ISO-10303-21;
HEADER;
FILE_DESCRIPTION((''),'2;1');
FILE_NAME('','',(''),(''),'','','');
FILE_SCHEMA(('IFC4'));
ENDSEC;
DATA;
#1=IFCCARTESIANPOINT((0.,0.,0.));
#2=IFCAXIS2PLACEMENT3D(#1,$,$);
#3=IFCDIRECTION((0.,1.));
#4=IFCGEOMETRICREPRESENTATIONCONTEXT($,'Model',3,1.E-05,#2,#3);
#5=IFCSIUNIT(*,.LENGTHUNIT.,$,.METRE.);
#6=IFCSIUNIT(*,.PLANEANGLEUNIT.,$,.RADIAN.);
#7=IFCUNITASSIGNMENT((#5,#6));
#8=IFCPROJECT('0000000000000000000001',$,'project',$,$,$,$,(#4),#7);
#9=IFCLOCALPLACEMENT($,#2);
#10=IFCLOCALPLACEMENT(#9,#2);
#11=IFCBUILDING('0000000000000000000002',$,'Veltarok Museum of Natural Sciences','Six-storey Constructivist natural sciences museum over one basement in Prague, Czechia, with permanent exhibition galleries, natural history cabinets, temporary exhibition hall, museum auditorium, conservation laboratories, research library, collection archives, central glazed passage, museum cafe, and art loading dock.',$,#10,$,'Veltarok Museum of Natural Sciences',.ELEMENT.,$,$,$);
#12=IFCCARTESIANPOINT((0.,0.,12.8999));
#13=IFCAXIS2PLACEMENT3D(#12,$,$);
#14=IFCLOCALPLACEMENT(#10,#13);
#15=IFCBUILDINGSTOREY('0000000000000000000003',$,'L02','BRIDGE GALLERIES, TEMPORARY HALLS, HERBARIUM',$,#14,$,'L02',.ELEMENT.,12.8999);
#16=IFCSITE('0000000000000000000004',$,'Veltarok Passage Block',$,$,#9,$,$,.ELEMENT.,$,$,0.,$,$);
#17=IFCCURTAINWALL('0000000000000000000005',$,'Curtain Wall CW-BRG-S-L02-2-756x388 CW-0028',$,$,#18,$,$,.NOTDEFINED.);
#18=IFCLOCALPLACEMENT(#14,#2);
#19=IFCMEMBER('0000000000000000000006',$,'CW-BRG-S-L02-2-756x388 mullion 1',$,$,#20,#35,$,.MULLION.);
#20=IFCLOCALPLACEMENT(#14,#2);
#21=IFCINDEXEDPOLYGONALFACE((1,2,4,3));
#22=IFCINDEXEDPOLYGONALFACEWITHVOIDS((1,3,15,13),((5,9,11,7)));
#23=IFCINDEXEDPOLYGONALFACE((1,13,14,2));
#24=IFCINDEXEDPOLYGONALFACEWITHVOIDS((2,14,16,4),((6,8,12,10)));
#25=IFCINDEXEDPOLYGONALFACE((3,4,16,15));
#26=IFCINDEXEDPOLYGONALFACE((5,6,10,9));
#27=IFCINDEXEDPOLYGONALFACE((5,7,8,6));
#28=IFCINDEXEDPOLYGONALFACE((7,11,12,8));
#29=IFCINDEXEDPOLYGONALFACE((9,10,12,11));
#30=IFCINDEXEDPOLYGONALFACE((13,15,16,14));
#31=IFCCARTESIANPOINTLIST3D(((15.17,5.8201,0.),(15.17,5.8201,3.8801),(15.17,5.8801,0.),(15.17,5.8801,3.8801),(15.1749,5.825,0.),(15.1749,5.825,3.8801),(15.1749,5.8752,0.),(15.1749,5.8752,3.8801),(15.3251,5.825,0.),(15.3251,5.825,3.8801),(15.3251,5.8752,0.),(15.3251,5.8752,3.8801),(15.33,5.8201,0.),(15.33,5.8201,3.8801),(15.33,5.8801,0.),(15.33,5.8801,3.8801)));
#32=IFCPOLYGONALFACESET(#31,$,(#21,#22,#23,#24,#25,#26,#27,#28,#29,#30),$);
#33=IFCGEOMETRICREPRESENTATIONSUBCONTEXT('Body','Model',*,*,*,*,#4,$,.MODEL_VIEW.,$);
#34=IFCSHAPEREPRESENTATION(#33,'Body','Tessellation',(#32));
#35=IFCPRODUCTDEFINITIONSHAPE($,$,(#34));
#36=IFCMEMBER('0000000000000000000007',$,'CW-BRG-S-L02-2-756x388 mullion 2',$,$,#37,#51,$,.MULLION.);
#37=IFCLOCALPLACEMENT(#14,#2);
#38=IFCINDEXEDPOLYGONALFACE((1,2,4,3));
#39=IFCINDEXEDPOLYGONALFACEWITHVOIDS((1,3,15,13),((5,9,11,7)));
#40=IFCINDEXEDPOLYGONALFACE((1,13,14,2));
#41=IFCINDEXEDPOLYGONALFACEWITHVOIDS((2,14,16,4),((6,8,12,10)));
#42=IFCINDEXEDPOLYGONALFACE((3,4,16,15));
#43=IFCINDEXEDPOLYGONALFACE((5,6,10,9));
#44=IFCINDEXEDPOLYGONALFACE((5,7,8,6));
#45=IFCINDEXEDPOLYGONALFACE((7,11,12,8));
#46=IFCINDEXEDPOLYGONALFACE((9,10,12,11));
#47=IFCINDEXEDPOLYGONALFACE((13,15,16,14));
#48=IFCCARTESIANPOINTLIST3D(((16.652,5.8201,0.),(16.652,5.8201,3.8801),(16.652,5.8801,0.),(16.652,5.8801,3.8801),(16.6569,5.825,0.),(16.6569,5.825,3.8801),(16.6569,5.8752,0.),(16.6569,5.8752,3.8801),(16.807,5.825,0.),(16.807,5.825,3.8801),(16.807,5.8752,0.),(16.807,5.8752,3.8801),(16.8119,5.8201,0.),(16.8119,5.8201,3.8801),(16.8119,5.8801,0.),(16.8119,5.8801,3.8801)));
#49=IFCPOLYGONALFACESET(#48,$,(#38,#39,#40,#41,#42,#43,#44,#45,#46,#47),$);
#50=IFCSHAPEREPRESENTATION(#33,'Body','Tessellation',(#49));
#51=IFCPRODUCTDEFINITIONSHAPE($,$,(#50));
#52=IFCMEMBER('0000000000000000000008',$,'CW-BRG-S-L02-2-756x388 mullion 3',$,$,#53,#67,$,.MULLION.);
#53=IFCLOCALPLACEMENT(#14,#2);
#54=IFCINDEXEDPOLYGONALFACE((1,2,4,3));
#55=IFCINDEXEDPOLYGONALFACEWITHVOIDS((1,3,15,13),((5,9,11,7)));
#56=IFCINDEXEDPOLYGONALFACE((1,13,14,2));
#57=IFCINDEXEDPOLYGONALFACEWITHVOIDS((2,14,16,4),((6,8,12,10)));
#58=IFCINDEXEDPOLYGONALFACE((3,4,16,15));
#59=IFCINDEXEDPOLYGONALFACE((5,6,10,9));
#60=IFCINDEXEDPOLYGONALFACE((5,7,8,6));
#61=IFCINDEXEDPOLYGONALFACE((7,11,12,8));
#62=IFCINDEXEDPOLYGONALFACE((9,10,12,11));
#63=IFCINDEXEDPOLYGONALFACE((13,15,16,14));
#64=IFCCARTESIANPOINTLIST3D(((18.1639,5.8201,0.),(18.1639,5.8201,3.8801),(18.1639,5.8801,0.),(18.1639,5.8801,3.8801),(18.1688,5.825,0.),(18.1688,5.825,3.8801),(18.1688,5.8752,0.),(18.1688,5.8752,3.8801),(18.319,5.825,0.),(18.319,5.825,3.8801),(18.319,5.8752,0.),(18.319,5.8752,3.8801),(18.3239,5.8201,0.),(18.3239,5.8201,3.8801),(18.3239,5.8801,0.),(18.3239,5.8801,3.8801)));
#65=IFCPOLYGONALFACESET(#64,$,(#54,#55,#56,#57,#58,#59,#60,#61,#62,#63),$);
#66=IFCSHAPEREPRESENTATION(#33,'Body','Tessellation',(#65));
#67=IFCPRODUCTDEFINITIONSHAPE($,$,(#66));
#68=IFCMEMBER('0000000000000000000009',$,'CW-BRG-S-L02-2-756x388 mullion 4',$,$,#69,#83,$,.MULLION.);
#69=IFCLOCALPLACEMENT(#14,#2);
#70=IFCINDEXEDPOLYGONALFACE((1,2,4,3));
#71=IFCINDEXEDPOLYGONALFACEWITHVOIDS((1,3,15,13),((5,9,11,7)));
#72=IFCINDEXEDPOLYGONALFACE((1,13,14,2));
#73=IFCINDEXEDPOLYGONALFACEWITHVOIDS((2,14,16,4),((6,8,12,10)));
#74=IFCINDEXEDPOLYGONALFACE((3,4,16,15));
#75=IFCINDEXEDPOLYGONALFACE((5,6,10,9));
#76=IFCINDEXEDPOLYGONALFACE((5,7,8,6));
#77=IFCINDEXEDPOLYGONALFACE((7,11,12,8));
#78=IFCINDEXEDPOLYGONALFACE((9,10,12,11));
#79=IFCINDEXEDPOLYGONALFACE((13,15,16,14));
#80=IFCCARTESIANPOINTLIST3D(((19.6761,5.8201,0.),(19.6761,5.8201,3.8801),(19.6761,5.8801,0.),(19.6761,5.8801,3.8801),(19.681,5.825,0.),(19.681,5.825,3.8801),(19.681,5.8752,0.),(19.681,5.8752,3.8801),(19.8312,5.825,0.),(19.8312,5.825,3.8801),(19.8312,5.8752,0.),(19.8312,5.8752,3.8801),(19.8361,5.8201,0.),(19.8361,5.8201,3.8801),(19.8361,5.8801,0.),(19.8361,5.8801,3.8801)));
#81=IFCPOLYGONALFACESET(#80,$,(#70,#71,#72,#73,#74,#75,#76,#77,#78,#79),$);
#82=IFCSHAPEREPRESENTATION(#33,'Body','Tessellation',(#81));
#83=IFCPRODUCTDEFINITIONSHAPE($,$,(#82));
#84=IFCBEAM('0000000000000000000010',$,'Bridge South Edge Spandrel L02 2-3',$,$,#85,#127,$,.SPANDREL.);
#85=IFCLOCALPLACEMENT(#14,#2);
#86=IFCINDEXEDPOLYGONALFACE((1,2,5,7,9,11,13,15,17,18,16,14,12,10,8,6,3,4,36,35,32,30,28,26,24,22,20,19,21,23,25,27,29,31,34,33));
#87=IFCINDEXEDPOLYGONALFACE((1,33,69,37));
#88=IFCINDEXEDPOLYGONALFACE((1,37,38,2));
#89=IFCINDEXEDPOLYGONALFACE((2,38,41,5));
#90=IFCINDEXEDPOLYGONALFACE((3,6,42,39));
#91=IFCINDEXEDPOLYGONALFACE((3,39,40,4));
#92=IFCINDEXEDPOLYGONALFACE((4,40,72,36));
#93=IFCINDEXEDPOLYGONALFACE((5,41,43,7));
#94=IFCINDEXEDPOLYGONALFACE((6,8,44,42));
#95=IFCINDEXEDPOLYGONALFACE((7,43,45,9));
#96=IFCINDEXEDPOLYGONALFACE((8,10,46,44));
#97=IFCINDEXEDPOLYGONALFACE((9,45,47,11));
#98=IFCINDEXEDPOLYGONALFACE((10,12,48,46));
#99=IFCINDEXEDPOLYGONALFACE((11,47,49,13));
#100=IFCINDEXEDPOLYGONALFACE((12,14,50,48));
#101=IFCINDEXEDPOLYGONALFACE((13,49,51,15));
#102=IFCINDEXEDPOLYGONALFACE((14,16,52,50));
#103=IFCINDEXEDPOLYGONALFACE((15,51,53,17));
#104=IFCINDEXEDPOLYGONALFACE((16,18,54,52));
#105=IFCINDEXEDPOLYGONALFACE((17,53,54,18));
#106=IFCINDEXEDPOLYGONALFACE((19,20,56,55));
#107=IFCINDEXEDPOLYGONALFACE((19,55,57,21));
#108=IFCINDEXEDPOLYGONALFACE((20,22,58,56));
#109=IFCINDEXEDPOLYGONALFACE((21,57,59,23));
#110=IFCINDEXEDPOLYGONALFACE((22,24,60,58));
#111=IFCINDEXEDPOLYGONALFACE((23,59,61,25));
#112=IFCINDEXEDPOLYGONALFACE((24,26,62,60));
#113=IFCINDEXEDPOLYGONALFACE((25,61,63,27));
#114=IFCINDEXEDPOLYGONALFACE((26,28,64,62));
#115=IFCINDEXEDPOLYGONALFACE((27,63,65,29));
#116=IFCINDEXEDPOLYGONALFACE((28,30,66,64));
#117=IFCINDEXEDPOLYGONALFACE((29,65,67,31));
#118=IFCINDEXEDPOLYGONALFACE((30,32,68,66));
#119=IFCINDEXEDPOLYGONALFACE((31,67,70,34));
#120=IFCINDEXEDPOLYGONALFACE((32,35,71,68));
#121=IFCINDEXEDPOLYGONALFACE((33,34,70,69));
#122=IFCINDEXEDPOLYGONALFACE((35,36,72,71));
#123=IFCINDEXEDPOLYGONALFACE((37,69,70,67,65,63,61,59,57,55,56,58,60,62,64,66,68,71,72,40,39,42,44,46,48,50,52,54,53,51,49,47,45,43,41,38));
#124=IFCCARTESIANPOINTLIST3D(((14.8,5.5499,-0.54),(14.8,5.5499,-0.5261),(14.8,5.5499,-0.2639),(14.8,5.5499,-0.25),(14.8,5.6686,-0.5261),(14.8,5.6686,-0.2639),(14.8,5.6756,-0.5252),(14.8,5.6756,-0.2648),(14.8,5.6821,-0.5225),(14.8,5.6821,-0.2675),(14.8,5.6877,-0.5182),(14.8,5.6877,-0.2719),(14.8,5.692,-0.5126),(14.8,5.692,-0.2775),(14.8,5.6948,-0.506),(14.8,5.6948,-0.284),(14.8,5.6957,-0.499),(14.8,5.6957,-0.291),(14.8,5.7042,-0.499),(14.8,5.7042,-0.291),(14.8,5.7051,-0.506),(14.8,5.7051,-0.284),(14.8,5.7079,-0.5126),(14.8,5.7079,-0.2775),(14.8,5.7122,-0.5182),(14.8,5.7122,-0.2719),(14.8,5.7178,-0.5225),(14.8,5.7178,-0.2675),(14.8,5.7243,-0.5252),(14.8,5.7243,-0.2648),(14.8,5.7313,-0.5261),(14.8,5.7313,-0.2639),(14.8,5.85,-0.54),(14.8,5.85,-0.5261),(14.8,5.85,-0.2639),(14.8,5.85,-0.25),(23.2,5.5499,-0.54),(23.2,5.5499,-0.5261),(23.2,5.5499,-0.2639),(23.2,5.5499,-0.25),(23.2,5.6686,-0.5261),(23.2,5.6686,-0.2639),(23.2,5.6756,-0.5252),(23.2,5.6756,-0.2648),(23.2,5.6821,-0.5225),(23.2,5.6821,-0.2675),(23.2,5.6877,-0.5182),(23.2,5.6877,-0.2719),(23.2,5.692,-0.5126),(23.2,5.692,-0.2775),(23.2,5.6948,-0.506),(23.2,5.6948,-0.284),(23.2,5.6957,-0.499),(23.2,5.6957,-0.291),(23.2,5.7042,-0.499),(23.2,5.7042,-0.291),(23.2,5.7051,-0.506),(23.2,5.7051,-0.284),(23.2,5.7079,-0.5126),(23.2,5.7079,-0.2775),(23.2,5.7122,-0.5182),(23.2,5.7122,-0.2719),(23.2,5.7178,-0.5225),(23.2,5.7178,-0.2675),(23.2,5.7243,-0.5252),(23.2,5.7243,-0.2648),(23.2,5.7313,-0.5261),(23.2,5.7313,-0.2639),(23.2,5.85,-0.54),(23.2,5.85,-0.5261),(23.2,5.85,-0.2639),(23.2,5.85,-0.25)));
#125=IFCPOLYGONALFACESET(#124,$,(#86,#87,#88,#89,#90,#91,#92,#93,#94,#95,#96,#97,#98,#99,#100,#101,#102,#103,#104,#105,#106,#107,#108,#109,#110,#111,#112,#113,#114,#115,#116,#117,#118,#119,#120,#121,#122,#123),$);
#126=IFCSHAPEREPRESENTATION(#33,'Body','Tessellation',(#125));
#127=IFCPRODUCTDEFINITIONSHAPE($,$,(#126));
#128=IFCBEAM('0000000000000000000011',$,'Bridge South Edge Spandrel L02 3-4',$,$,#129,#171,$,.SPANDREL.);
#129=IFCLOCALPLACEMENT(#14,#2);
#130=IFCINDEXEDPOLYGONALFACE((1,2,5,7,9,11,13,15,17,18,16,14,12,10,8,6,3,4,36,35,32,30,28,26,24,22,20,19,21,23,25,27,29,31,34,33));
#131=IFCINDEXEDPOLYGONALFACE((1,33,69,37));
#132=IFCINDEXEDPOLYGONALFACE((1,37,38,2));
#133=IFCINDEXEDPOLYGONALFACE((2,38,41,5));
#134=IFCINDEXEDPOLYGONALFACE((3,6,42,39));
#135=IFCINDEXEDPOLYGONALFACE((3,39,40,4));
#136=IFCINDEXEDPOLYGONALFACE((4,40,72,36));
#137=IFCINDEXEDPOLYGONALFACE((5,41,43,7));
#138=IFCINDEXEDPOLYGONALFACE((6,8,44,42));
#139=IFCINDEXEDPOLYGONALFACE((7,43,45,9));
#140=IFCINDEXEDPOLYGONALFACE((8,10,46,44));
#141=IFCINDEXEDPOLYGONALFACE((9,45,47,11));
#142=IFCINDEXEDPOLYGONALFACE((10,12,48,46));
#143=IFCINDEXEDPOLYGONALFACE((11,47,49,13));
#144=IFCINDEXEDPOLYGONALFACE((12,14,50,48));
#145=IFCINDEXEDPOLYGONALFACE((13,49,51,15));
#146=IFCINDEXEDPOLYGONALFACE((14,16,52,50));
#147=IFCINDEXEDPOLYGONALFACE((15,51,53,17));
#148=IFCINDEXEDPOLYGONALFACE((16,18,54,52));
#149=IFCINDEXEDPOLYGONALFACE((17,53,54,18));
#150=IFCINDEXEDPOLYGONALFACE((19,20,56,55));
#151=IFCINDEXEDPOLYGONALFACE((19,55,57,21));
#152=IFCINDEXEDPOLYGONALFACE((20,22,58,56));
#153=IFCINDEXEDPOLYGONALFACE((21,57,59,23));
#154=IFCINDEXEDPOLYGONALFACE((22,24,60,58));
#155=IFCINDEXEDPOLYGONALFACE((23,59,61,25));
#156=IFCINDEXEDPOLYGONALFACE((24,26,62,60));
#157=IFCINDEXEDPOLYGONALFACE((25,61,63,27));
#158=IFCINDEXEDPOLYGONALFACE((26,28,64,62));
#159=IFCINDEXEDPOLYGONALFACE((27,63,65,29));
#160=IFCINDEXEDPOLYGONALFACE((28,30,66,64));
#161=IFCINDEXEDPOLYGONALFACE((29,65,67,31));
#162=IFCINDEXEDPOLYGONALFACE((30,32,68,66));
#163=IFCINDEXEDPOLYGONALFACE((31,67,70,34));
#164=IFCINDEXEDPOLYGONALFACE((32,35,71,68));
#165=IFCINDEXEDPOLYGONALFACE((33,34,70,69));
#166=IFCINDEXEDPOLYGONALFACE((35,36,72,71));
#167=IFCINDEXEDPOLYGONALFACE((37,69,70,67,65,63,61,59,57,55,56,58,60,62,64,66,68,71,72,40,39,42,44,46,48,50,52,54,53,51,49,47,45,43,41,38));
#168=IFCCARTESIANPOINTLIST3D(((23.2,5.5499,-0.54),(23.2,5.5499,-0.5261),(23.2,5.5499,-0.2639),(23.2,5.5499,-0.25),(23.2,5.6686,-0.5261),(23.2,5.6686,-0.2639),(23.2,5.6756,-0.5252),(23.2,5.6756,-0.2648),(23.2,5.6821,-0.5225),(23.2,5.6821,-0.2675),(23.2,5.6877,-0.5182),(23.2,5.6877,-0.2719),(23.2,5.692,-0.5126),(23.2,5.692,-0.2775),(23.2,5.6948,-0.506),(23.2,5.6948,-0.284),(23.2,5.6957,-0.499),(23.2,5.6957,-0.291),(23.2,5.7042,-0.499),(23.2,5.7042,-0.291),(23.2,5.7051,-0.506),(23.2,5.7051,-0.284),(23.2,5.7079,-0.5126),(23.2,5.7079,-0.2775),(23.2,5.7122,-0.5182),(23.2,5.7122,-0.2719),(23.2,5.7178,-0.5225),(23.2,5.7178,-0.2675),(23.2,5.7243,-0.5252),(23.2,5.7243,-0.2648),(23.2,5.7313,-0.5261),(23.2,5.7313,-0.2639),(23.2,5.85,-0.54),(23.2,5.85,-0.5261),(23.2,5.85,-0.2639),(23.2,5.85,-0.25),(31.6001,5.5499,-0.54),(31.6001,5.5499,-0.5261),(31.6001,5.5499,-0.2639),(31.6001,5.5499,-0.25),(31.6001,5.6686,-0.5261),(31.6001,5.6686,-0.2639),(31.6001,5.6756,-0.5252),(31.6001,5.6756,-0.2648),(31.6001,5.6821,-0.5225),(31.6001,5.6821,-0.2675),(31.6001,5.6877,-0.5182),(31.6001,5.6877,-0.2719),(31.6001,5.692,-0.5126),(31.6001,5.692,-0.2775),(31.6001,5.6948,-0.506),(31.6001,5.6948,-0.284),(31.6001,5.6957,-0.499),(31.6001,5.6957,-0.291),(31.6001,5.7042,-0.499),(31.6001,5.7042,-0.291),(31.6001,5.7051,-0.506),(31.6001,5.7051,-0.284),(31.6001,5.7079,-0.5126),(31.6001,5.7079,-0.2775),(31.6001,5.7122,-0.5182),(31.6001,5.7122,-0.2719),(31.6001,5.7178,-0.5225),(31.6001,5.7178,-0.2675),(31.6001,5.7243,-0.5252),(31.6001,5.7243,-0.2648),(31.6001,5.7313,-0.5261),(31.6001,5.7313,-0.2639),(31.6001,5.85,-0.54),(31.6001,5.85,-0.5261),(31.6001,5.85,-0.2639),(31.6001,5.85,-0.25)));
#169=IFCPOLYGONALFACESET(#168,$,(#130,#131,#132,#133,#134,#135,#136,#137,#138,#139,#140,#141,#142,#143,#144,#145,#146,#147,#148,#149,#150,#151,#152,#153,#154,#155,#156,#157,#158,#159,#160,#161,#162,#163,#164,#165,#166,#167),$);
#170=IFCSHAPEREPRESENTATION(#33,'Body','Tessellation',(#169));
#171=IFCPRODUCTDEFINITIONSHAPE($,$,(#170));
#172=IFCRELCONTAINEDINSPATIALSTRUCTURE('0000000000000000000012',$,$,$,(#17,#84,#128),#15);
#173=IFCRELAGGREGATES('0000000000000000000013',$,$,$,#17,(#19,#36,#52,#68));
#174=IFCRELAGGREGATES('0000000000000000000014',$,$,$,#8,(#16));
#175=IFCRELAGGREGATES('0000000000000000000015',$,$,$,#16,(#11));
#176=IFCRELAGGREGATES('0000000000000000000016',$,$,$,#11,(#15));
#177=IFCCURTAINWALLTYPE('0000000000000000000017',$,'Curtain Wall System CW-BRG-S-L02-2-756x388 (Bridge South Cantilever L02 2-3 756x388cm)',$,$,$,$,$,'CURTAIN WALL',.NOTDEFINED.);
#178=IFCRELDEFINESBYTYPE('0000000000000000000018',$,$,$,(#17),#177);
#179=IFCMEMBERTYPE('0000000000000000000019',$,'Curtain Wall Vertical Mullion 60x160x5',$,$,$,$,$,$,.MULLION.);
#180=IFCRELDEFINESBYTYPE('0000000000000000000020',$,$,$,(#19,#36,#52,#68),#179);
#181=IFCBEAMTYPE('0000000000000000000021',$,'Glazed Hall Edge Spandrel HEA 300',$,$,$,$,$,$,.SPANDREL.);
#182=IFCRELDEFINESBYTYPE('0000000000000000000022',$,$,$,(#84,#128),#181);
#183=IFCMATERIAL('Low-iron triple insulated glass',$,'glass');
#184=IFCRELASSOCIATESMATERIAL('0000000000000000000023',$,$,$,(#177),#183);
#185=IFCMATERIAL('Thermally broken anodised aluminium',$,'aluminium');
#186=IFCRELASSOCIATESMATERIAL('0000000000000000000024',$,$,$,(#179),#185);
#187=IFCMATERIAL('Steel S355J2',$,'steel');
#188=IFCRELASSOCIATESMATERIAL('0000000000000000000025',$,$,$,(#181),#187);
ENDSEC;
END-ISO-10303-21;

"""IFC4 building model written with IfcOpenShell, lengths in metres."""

from ifc_helpers import new_model, si_unit, direction, frame, origin, origin_2d, place, context, subcontext, project, spatial, hollow_rectangle, i_section, extrude, material, material_profile, profile_set, type_object, element, aggregate, save


model = new_model("IFC4")

# Units and contexts
model_context = context("Model", 3, precision=1e-05, world=origin(), true_north=direction((0.0, 1.0)))
body_context = subcontext(model_context, "Body", "Model", "MODEL_VIEW")
ifc_project = project(units=[si_unit("LENGTHUNIT", "METRE"), si_unit("PLANEANGLEUNIT", "RADIAN")], contexts=[model_context])

# Site, building, storey
site_placement = place(None, origin())
site = spatial("IfcSite", under=ifc_project, at=site_placement, Name="Veltarok Passage Block", CompositionType="ELEMENT", RefElevation=0.0)
building_placement = place(site_placement, origin())
building = spatial("IfcBuilding", under=site, at=building_placement, Name="Veltarok Museum of Natural Sciences", Description="Six-storey Constructivist natural sciences museum over one basement in Prague, Czechia, with permanent exhibition galleries, natural history cabinets, temporary exhibition hall, museum auditorium, conservation laboratories, research library, collection archives, central glazed passage, museum cafe, and art loading dock.", LongName="Veltarok Museum of Natural Sciences", CompositionType="ELEMENT")
storey_placement = place(building_placement, frame((0.0, 0.0, 12.8999)))
storey = spatial("IfcBuildingStorey", under=building, at=storey_placement, Name="L02", Description="BRIDGE GALLERIES, TEMPORARY HALLS, HERBARIUM", LongName="L02", CompositionType="ELEMENT", Elevation=12.8999)

# Shared definitions
ifc_material_1 = material(Name="Steel S355J2", Category="steel")

# Curtain wall, members
ifc_material_2 = material(Name="Low-iron triple insulated glass", Category="glass")
curtain_wall_type = type_object("IfcCurtainWallType", Name="Curtain Wall System CW-BRG-S-L02-2-756x388 (Bridge South Cantilever L02 2-3 756x388cm)", ElementType="CURTAIN WALL", PredefinedType="NOTDEFINED", material=ifc_material_2)
curtain_wall_placement = place(storey_placement, origin())
curtain_wall = element("IfcCurtainWall", 1, at=curtain_wall_placement, inside=storey, type_object=curtain_wall_type, Name="Curtain Wall CW-BRG-S-L02-2-756x388 CW-0028", PredefinedType="NOTDEFINED")
ifc_material_3 = material(Name="Thermally broken anodised aluminium", Category="aluminium")
ifc_material_profile_1 = material_profile(ifc_material_3, hollow_rectangle(XDim=0.0601, YDim=0.1599, WallThickness=0.0049, at=origin_2d()), Name="CW MULLION 60x160x5")
ifc_profile_set_1 = profile_set([ifc_material_profile_1], Name="Thermally broken anodised aluminium")
member_type_1 = type_object("IfcMemberType", Name="Curtain Wall Vertical Mullion 60x160x5", PredefinedType="MULLION", material=ifc_profile_set_1)
member_1_placement = place(storey_placement, frame((15.25, 5.8501, 0.0), z_axis=(0.0, 0.0, 1.0), x_axis=(0.0, 1.0, 0.0)))
member_1 = element("IfcMember", 2, at=member_1_placement, type_object=member_type_1, Name="CW-BRG-S-L02-2-756x388 mullion 1", PredefinedType="MULLION", context=body_context, shape_type="SweptSolid", body=[
    extrude(hollow_rectangle(XDim=0.0601, YDim=0.1599, WallThickness=0.0049, at=origin_2d()), origin(), (0.0, 0.0, 1.0), 3.8801),
])
member_2_placement = place(storey_placement, frame((16.7319, 5.8501, 0.0), z_axis=(0.0, 0.0, 1.0), x_axis=(0.0, 1.0, 0.0)))
member_2 = element("IfcMember", 3, at=member_2_placement, type_object=member_type_1, Name="CW-BRG-S-L02-2-756x388 mullion 2", PredefinedType="MULLION", context=body_context, shape_type="SweptSolid", body=[
    extrude(hollow_rectangle(XDim=0.0601, YDim=0.1599, WallThickness=0.0049, at=origin_2d()), origin(), (0.0, 0.0, 1.0), 3.8801),
])
member_3_placement = place(storey_placement, frame((18.2439, 5.8501, 0.0), z_axis=(0.0, 0.0, 1.0), x_axis=(0.0, 1.0, 0.0)))
member_3 = element("IfcMember", 4, at=member_3_placement, type_object=member_type_1, Name="CW-BRG-S-L02-2-756x388 mullion 3", PredefinedType="MULLION", context=body_context, shape_type="SweptSolid", body=[
    extrude(hollow_rectangle(XDim=0.0601, YDim=0.1599, WallThickness=0.0049, at=origin_2d()), origin(), (0.0, 0.0, 1.0), 3.8801),
])
member_4_placement = place(storey_placement, frame((19.7561, 5.8501, 0.0), z_axis=(0.0, 0.0, 1.0), x_axis=(0.0, 1.0, 0.0)))
member_4 = element("IfcMember", 5, at=member_4_placement, type_object=member_type_1, Name="CW-BRG-S-L02-2-756x388 mullion 4", PredefinedType="MULLION", context=body_context, shape_type="SweptSolid", body=[
    extrude(hollow_rectangle(XDim=0.0601, YDim=0.1599, WallThickness=0.0049, at=origin_2d()), origin(), (0.0, 0.0, 1.0), 3.8801),
])

# Beams
ifc_material_profile_2 = material_profile(ifc_material_1, i_section(OverallWidth=0.3, OverallDepth=0.29, WebThickness=0.0085, FlangeThickness=0.0139, FilletRadius=0.0271, at=origin_2d()), Name="HEA 300")
ifc_profile_set_2 = profile_set([ifc_material_profile_2], Name="Steel S355J2")
beam_type_1 = type_object("IfcBeamType", Name="Glazed Hall Edge Spandrel HEA 300", PredefinedType="SPANDREL", material=ifc_profile_set_2)
beam_1_placement = place(storey_placement, frame((14.8, 5.7, -0.395), z_axis=(1.0, 0.0, 0.0), x_axis=(0.0, 1.0, 0.0)))
element("IfcBeam", 6, at=beam_1_placement, inside=storey, type_object=beam_type_1, Name="Bridge South Edge Spandrel L02 2-3", PredefinedType="SPANDREL", context=body_context, shape_type="SweptSolid", body=[
    extrude(i_section(OverallWidth=0.3, OverallDepth=0.29, WebThickness=0.0085, FlangeThickness=0.0139, FilletRadius=0.0271, at=origin_2d()), origin(), (0.0, 0.0, 1.0), 8.3999),
])
beam_2_placement = place(storey_placement, frame((23.2, 5.7, -0.395), z_axis=(1.0, 0.0, 0.0), x_axis=(0.0, 1.0, 0.0)))
element("IfcBeam", 7, at=beam_2_placement, inside=storey, type_object=beam_type_1, Name="Bridge South Edge Spandrel L02 3-4", PredefinedType="SPANDREL", context=body_context, shape_type="SweptSolid", body=[
    extrude(i_section(OverallWidth=0.3, OverallDepth=0.29, WebThickness=0.0085, FlangeThickness=0.0139, FilletRadius=0.0271, at=origin_2d()), origin(), (0.0, 0.0, 1.0), 8.4001),
])

aggregate(curtain_wall, [member_1, member_2, member_3, member_4])

save(model, "model.ifc")
